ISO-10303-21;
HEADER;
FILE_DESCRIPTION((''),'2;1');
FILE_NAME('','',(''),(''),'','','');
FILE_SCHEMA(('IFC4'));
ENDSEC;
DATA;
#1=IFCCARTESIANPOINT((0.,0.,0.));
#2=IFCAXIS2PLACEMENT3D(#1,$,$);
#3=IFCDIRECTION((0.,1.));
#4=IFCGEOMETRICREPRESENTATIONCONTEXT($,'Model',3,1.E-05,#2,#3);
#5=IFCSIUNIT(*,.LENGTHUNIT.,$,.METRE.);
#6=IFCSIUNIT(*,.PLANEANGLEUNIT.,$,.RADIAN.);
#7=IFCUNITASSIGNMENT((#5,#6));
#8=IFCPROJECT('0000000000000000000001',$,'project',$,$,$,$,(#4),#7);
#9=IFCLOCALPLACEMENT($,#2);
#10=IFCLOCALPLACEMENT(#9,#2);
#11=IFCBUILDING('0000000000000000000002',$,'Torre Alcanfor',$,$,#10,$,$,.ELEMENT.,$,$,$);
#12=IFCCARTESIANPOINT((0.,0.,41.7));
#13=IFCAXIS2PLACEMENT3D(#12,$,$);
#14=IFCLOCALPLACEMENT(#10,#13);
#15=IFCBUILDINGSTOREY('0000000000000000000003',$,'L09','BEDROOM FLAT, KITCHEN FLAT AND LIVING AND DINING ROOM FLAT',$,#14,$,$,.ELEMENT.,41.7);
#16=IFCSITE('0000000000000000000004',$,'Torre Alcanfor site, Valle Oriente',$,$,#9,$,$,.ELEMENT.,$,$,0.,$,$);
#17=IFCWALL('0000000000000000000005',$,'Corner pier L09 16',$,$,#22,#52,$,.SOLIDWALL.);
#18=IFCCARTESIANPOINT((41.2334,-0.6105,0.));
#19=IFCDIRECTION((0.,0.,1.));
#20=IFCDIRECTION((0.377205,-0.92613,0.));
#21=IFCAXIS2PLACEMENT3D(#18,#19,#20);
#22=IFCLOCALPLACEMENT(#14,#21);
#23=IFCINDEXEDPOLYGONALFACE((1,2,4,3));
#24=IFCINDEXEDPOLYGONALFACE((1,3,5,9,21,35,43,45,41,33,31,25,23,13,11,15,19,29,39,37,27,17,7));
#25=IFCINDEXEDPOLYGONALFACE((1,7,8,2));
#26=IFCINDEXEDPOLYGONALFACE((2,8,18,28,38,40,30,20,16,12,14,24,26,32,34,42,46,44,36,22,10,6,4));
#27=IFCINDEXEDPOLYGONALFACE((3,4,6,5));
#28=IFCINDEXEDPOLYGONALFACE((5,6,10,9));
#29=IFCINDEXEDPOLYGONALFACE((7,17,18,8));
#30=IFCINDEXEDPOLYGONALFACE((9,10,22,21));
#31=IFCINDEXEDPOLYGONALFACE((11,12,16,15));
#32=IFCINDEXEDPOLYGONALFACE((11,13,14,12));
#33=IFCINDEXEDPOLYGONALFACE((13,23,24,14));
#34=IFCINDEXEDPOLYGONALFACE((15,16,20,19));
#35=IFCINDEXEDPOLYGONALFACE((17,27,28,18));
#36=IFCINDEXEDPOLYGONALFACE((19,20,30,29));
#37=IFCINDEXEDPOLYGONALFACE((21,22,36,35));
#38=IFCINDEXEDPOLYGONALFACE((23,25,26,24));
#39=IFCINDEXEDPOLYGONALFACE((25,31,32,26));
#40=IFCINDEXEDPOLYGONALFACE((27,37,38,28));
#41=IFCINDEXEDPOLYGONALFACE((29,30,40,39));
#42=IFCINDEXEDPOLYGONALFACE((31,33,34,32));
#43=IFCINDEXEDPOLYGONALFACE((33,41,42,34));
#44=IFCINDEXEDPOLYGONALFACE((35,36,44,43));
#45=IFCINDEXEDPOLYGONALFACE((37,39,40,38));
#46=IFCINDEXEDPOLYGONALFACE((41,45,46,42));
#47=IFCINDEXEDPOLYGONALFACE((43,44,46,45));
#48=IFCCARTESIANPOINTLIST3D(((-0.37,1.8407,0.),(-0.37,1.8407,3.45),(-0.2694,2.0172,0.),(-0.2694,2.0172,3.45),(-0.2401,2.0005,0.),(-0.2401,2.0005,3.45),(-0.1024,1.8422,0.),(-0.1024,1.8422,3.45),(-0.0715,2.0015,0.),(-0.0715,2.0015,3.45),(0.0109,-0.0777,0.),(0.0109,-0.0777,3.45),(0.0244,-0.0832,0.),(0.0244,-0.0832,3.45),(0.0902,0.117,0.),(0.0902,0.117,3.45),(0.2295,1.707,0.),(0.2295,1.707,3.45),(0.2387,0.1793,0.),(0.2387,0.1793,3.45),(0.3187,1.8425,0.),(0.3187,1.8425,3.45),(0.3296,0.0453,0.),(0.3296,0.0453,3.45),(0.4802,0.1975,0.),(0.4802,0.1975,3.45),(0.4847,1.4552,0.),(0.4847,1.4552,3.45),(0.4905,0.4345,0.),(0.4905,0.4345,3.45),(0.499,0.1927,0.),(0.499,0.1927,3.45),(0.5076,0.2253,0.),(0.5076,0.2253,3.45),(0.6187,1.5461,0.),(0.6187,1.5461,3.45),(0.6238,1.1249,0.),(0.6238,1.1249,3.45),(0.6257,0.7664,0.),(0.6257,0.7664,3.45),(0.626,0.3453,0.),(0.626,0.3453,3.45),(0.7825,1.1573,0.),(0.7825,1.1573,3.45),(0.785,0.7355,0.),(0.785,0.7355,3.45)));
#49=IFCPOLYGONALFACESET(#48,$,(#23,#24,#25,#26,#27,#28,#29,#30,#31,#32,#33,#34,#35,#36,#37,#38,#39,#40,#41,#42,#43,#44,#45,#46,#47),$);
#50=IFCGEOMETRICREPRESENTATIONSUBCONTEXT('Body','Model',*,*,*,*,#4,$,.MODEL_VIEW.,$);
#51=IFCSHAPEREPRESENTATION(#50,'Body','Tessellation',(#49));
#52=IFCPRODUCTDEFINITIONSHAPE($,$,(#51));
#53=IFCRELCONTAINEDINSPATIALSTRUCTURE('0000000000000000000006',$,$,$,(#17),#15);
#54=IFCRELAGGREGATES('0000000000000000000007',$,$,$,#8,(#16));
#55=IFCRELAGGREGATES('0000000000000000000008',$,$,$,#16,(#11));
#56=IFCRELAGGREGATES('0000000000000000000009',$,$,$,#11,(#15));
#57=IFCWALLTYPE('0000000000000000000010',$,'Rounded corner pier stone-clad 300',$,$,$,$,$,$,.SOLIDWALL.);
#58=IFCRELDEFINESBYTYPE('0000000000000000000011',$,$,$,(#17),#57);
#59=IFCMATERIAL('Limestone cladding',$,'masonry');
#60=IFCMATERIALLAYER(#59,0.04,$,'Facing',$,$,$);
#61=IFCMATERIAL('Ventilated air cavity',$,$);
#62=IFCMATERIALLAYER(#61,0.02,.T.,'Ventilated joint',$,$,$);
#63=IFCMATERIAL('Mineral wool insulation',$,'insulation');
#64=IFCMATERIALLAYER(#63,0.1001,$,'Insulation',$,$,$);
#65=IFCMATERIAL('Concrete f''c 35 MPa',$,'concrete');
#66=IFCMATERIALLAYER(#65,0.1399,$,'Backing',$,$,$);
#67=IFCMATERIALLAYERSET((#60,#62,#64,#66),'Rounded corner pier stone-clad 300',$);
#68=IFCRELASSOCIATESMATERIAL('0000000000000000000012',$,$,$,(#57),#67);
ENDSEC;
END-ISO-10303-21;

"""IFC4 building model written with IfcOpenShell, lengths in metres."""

from ifc_helpers import new_model, si_unit, direction, frame, origin, place, context, subcontext, project, spatial, polyline, outline, extrude, material, layer, layer_set, type_object, element, save


model = new_model("IFC4")

# Units and contexts
model_context = context("Model", 3, precision=1e-05, world=origin(), true_north=direction((0.0, 1.0)))
body_context = subcontext(model_context, "Body", "Model", "MODEL_VIEW")
ifc_project = project(units=[si_unit("LENGTHUNIT", "METRE"), si_unit("PLANEANGLEUNIT", "RADIAN")], contexts=[model_context])

# Site, building, storey
site_placement = place(None, origin())
site = spatial("IfcSite", under=ifc_project, at=site_placement, Name="Torre Alcanfor site, Valle Oriente", CompositionType="ELEMENT", RefElevation=0.0)
building_placement = place(site_placement, origin())
building = spatial("IfcBuilding", under=site, at=building_placement, Name="Torre Alcanfor", CompositionType="ELEMENT")
storey_placement = place(building_placement, frame((0.0, 0.0, 41.7)))
storey = spatial("IfcBuildingStorey", under=building, at=storey_placement, Name="L09", Description="BEDROOM FLAT, KITCHEN FLAT AND LIVING AND DINING ROOM FLAT", CompositionType="ELEMENT", Elevation=41.7)

# Wall
ifc_material_1 = material(Name="Limestone cladding", Category="masonry")
ifc_layer_1 = layer(ifc_material_1, 0.04, Name="Facing")
ifc_material_2 = material(Name="Ventilated air cavity")
ifc_layer_2 = layer(ifc_material_2, 0.02, ventilated=True, Name="Ventilated joint")
ifc_material_3 = material(Name="Mineral wool insulation", Category="insulation")
ifc_layer_3 = layer(ifc_material_3, 0.1001, Name="Insulation")
ifc_material_4 = material(Name="Concrete f'c 35 MPa", Category="concrete")
ifc_layer_4 = layer(ifc_material_4, 0.1399, Name="Backing")
ifc_layer_set_1 = layer_set([ifc_layer_1, ifc_layer_2, ifc_layer_3, ifc_layer_4], Name="Rounded corner pier stone-clad 300")
wall_type_1 = type_object("IfcWallType", Name="Rounded corner pier stone-clad 300", PredefinedType="SOLIDWALL", material=ifc_layer_set_1)
wall_1_placement = place(storey_placement, frame((41.2334, -0.6105, 0.0), z_axis=(0.0, 0.0, 1.0), x_axis=(0.377205, -0.92613, 0.0)))
element("IfcWall", 1, at=wall_1_placement, inside=storey, type_object=wall_type_1, Name="Corner pier L09 16", PredefinedType="SOLIDWALL", context=body_context, shape_type="SweptSolid", body=[
    extrude(outline(polyline([(0.3187, 1.8425), (-0.0715, 2.0015), (-0.2401, 2.0005), (-0.2694, 2.0172), (-0.37, 1.8407), (-0.1024, 1.8422), (0.2295, 1.707), (0.4847, 1.4552), (0.6238, 1.1249), (0.6257, 0.7664), (0.4905, 0.4345), (0.2387, 0.1793), (0.0902, 0.117), (0.0109, -0.0777), (0.0244, -0.0832), (0.3296, 0.0453), (0.4802, 0.1975), (0.499, 0.1927), (0.5076, 0.2253), (0.626, 0.3453), (0.785, 0.7355), (0.7825, 1.1573), (0.6187, 1.5461), (0.3187, 1.8425)])), origin(), (0.0, 0.0, 1.0), 3.45),
])

save(model, "model.ifc")
